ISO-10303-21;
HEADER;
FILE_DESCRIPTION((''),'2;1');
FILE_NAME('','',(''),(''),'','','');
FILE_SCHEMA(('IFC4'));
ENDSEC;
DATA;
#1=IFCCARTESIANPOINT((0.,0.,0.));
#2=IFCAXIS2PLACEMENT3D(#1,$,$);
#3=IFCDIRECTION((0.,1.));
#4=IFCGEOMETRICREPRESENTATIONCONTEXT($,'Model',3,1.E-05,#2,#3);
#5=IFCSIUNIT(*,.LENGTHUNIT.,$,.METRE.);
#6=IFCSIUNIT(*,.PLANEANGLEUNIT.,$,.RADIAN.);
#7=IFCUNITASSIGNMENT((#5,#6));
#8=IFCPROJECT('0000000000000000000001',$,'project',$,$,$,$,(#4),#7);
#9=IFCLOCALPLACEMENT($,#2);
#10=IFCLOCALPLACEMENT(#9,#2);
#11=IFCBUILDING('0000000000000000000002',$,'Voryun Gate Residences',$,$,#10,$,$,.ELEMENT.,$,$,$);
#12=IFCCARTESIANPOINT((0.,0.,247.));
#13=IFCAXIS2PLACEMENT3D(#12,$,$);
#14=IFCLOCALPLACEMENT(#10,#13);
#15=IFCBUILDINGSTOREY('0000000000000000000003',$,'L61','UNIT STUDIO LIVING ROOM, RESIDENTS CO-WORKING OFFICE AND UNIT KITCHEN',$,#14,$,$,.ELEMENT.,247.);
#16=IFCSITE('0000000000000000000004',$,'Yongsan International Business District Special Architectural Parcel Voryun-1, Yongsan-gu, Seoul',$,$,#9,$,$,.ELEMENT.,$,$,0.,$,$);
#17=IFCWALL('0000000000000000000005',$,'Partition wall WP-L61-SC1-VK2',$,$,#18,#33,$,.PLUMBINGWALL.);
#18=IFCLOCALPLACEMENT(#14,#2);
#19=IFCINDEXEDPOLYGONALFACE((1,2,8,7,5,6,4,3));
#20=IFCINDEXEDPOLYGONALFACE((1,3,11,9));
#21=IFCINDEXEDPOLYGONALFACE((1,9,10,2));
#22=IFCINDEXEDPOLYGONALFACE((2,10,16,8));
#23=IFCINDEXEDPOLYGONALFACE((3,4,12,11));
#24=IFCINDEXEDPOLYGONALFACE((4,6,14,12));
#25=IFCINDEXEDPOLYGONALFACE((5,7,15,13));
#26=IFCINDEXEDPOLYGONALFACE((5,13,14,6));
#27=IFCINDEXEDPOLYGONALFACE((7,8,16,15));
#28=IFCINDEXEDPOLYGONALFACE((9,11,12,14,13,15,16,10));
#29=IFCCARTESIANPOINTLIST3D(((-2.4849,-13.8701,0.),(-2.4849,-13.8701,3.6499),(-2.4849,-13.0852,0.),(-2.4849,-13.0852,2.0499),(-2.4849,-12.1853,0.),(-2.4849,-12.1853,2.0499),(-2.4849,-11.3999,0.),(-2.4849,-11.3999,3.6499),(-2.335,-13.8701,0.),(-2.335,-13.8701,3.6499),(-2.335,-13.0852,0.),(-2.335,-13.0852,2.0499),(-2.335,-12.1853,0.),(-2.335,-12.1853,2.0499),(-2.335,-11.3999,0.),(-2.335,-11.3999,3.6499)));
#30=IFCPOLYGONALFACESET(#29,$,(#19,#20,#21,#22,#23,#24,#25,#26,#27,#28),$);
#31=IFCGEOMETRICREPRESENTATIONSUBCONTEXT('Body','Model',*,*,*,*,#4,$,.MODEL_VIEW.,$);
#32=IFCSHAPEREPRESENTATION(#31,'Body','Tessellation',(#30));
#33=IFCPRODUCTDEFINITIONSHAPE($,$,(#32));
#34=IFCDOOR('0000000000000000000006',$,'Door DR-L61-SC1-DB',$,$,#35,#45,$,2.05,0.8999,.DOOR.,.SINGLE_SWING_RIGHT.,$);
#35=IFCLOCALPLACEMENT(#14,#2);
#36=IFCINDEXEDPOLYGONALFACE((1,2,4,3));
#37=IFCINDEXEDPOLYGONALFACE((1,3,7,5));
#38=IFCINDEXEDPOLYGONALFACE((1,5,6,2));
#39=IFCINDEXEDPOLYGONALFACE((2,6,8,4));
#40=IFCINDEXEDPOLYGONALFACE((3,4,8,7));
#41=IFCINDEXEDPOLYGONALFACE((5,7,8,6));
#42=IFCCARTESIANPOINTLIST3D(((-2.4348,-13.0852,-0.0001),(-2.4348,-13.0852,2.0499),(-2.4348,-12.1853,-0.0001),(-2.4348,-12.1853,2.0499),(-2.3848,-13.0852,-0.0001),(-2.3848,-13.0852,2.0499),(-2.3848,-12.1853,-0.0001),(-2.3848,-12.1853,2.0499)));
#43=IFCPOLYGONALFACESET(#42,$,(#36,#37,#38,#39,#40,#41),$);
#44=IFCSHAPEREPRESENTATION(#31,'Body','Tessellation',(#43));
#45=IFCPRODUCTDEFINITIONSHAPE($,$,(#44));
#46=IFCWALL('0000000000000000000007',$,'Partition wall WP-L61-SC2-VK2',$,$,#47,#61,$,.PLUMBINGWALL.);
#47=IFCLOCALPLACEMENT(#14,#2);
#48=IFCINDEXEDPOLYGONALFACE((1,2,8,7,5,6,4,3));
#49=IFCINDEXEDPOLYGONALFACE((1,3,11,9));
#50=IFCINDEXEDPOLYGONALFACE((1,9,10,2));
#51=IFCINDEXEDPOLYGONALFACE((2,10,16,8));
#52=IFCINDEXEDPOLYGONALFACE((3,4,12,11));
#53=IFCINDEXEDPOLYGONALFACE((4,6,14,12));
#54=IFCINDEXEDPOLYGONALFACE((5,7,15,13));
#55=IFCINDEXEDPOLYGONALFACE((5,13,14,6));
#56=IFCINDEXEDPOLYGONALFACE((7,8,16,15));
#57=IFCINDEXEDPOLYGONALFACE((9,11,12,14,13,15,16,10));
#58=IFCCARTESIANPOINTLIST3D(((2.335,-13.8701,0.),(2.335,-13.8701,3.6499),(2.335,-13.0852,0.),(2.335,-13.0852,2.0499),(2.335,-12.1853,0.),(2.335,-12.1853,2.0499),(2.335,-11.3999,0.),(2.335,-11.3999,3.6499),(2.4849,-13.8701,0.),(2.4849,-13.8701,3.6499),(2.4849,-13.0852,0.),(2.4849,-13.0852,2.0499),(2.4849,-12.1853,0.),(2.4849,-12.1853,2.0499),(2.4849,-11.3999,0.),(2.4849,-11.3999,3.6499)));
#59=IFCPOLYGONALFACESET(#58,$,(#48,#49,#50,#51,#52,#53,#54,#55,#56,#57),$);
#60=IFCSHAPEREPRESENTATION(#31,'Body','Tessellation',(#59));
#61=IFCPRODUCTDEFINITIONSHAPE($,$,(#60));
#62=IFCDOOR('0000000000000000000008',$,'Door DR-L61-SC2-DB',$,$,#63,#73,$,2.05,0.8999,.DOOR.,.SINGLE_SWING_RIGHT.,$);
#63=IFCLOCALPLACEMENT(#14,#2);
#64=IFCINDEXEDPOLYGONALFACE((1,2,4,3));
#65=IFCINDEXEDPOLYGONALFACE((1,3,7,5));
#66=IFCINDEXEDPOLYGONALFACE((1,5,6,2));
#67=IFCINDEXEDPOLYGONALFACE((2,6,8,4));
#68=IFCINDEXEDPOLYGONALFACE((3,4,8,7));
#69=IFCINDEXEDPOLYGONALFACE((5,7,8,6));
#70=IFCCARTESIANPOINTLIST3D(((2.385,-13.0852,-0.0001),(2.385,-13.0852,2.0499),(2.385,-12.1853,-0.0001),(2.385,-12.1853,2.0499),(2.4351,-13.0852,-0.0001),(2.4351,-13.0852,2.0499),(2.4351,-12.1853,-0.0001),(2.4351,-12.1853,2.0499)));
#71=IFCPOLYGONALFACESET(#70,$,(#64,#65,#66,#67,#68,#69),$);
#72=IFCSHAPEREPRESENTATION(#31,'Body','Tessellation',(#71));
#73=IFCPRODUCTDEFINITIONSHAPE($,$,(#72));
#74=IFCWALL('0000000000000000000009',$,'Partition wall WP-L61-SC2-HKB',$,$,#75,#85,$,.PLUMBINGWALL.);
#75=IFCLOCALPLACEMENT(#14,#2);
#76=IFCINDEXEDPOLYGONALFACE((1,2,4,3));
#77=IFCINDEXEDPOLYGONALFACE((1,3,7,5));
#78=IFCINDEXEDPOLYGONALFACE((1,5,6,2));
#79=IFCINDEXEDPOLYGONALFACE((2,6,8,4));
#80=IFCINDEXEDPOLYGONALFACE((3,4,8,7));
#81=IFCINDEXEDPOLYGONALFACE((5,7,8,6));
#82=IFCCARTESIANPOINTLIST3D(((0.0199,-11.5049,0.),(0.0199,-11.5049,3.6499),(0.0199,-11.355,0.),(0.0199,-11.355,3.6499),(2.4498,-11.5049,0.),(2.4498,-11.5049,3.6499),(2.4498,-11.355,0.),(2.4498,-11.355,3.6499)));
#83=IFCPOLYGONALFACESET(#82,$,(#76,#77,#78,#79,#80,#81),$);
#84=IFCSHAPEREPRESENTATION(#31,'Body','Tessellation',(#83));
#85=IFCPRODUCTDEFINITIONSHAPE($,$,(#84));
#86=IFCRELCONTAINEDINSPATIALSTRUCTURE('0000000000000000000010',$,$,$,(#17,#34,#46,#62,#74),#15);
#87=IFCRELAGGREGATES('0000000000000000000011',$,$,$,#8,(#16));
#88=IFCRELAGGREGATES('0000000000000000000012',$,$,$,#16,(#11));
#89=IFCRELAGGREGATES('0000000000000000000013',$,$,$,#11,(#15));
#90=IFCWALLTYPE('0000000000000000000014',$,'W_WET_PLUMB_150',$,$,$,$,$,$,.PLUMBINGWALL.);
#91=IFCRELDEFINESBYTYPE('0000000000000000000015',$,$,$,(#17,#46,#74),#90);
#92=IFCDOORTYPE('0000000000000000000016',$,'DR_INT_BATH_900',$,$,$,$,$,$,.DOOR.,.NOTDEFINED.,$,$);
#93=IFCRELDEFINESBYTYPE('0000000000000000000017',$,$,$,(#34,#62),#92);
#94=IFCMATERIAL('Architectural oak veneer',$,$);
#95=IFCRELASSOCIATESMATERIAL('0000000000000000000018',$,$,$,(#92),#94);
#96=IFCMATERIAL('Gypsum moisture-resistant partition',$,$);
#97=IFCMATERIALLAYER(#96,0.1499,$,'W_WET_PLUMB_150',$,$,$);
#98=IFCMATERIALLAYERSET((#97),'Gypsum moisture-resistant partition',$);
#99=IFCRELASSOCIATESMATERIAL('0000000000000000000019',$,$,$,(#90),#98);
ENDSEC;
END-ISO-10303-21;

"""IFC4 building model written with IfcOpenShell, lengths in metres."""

from ifc_helpers import new_model, si_unit, direction, frame, frame_2d, origin, place, context, subcontext, project, spatial, rectangle, extrude, material, layer, layer_set, type_object, element, fill, save


model = new_model("IFC4")

# Units and contexts
model_context = context("Model", 3, precision=1e-05, world=origin(), true_north=direction((0.0, 1.0)))
body_context = subcontext(model_context, "Body", "Model", "MODEL_VIEW")
ifc_project = project(units=[si_unit("LENGTHUNIT", "METRE"), si_unit("PLANEANGLEUNIT", "RADIAN")], contexts=[model_context])

# Site, building, storey
site_placement = place(None, origin())
site = spatial("IfcSite", under=ifc_project, at=site_placement, Name="Yongsan International Business District Special Architectural Parcel Voryun-1, Yongsan-gu, Seoul", CompositionType="ELEMENT", RefElevation=0.0)
building_placement = place(site_placement, origin())
building = spatial("IfcBuilding", under=site, at=building_placement, Name="Voryun Gate Residences", CompositionType="ELEMENT")
storey_placement = place(building_placement, frame((0.0, 0.0, 247.0)))
storey = spatial("IfcBuildingStorey", under=building, at=storey_placement, Name="L61", Description="UNIT STUDIO LIVING ROOM, RESIDENTS CO-WORKING OFFICE AND UNIT KITCHEN", CompositionType="ELEMENT", Elevation=247.0)

# Shared definitions
ifc_material_1 = material(Name="Architectural oak veneer")
door_type_1 = type_object("IfcDoorType", Name="DR_INT_BATH_900", OperationType="NOTDEFINED", PredefinedType="DOOR", material=ifc_material_1)

# Walls, openings, doors
ifc_material_2 = material(Name="Gypsum moisture-resistant partition")
ifc_layer_1 = layer(ifc_material_2, 0.1499, Name="W_WET_PLUMB_150")
ifc_layer_set_1 = layer_set([ifc_layer_1], Name="Gypsum moisture-resistant partition")
wall_type_1 = type_object("IfcWallType", Name="W_WET_PLUMB_150", PredefinedType="PLUMBINGWALL", material=ifc_layer_set_1)
wall_1_placement = place(storey_placement, frame((-2.4099, -13.8701, 0.0), z_axis=(0.0, 0.0, 1.0), x_axis=(0.0, 1.0, 0.0)))
wall_1 = element("IfcWall", 1, at=wall_1_placement, inside=storey, type_object=wall_type_1, Name="Partition wall WP-L61-SC1-VK2", PredefinedType="PLUMBINGWALL", context=body_context, shape_type="SweptSolid", body=[
    extrude(rectangle(XDim=2.4702, YDim=0.1499, at=frame_2d((1.2351, 0.0))), origin(), (0.0, 0.0, 1.0), 3.6499),
])
opening_1_placement = place(wall_1_placement, frame((0.7849, 0.0, 0.0)))
opening_1 = element("IfcOpeningElement", 2, at=opening_1_placement, cuts=wall_1, PredefinedType="OPENING", context=body_context, shape_type="SweptSolid", body=[
    extrude(rectangle(XDim=0.8999, YDim=2.05, at=frame_2d((0.45, 1.0249))), frame((0.0, 0.085, 0.0), z_axis=(0.0, -1.0, 0.0), x_axis=(1.0, 0.0, 0.0)), (0.0, 0.0, 1.0), 0.1699),
])
door_1_placement = place(opening_1_placement, origin())
door_1 = element("IfcDoor", 3, at=door_1_placement, inside=storey, type_object=door_type_1, Name="Door DR-L61-SC1-DB", OperationType="SINGLE_SWING_RIGHT", OverallHeight=2.05, OverallWidth=0.8999, PredefinedType="DOOR", context=body_context, shape_type="SweptSolid", body=[
    extrude(rectangle(XDim=0.8999, YDim=2.05, at=frame_2d((0.45, 1.0249))), frame((0.0, 0.0249, 0.0), z_axis=(0.0, -1.0, 0.0), x_axis=(1.0, 0.0, 0.0)), (0.0, 0.0, 1.0), 0.05),
])
fill(opening_1, door_1)
wall_2_placement = place(storey_placement, frame((2.4099, -13.8701, 0.0), z_axis=(0.0, 0.0, 1.0), x_axis=(0.0, 1.0, 0.0)))
wall_2 = element("IfcWall", 4, at=wall_2_placement, inside=storey, type_object=wall_type_1, Name="Partition wall WP-L61-SC2-VK2", PredefinedType="PLUMBINGWALL", context=body_context, shape_type="SweptSolid", body=[
    extrude(rectangle(XDim=2.4702, YDim=0.1499, at=frame_2d((1.2351, 0.0))), origin(), (0.0, 0.0, 1.0), 3.6499),
])
opening_2_placement = place(wall_2_placement, frame((0.7849, 0.0, 0.0)))
opening_2 = element("IfcOpeningElement", 5, at=opening_2_placement, cuts=wall_2, PredefinedType="OPENING", context=body_context, shape_type="SweptSolid", body=[
    extrude(rectangle(XDim=0.8999, YDim=2.05, at=frame_2d((0.45, 1.0249))), frame((0.0, 0.085, 0.0), z_axis=(0.0, -1.0, 0.0), x_axis=(1.0, 0.0, 0.0)), (0.0, 0.0, 1.0), 0.1699),
])
door_2_placement = place(opening_2_placement, origin())
door_2 = element("IfcDoor", 6, at=door_2_placement, inside=storey, type_object=door_type_1, Name="Door DR-L61-SC2-DB", OperationType="SINGLE_SWING_RIGHT", OverallHeight=2.05, OverallWidth=0.8999, PredefinedType="DOOR", context=body_context, shape_type="SweptSolid", body=[
    extrude(rectangle(XDim=0.8999, YDim=2.05, at=frame_2d((0.45, 1.0249))), frame((0.0, 0.0249, 0.0), z_axis=(0.0, -1.0, 0.0), x_axis=(1.0, 0.0, 0.0)), (0.0, 0.0, 1.0), 0.05),
])
fill(opening_2, door_2)

# Wall
wall_3_placement = place(storey_placement, frame((0.02, -11.4299, 0.0), z_axis=(0.0, 0.0, 1.0), x_axis=(1.0, 0.0, 0.0)))
element("IfcWall", 7, at=wall_3_placement, inside=storey, type_object=wall_type_1, Name="Partition wall WP-L61-SC2-HKB", PredefinedType="PLUMBINGWALL", context=body_context, shape_type="SweptSolid", body=[
    extrude(rectangle(XDim=2.4299, YDim=0.1499, at=frame_2d((1.2148, 0.0))), origin(), (0.0, 0.0, 1.0), 3.6499),
])

save(model, "model.ifc")
